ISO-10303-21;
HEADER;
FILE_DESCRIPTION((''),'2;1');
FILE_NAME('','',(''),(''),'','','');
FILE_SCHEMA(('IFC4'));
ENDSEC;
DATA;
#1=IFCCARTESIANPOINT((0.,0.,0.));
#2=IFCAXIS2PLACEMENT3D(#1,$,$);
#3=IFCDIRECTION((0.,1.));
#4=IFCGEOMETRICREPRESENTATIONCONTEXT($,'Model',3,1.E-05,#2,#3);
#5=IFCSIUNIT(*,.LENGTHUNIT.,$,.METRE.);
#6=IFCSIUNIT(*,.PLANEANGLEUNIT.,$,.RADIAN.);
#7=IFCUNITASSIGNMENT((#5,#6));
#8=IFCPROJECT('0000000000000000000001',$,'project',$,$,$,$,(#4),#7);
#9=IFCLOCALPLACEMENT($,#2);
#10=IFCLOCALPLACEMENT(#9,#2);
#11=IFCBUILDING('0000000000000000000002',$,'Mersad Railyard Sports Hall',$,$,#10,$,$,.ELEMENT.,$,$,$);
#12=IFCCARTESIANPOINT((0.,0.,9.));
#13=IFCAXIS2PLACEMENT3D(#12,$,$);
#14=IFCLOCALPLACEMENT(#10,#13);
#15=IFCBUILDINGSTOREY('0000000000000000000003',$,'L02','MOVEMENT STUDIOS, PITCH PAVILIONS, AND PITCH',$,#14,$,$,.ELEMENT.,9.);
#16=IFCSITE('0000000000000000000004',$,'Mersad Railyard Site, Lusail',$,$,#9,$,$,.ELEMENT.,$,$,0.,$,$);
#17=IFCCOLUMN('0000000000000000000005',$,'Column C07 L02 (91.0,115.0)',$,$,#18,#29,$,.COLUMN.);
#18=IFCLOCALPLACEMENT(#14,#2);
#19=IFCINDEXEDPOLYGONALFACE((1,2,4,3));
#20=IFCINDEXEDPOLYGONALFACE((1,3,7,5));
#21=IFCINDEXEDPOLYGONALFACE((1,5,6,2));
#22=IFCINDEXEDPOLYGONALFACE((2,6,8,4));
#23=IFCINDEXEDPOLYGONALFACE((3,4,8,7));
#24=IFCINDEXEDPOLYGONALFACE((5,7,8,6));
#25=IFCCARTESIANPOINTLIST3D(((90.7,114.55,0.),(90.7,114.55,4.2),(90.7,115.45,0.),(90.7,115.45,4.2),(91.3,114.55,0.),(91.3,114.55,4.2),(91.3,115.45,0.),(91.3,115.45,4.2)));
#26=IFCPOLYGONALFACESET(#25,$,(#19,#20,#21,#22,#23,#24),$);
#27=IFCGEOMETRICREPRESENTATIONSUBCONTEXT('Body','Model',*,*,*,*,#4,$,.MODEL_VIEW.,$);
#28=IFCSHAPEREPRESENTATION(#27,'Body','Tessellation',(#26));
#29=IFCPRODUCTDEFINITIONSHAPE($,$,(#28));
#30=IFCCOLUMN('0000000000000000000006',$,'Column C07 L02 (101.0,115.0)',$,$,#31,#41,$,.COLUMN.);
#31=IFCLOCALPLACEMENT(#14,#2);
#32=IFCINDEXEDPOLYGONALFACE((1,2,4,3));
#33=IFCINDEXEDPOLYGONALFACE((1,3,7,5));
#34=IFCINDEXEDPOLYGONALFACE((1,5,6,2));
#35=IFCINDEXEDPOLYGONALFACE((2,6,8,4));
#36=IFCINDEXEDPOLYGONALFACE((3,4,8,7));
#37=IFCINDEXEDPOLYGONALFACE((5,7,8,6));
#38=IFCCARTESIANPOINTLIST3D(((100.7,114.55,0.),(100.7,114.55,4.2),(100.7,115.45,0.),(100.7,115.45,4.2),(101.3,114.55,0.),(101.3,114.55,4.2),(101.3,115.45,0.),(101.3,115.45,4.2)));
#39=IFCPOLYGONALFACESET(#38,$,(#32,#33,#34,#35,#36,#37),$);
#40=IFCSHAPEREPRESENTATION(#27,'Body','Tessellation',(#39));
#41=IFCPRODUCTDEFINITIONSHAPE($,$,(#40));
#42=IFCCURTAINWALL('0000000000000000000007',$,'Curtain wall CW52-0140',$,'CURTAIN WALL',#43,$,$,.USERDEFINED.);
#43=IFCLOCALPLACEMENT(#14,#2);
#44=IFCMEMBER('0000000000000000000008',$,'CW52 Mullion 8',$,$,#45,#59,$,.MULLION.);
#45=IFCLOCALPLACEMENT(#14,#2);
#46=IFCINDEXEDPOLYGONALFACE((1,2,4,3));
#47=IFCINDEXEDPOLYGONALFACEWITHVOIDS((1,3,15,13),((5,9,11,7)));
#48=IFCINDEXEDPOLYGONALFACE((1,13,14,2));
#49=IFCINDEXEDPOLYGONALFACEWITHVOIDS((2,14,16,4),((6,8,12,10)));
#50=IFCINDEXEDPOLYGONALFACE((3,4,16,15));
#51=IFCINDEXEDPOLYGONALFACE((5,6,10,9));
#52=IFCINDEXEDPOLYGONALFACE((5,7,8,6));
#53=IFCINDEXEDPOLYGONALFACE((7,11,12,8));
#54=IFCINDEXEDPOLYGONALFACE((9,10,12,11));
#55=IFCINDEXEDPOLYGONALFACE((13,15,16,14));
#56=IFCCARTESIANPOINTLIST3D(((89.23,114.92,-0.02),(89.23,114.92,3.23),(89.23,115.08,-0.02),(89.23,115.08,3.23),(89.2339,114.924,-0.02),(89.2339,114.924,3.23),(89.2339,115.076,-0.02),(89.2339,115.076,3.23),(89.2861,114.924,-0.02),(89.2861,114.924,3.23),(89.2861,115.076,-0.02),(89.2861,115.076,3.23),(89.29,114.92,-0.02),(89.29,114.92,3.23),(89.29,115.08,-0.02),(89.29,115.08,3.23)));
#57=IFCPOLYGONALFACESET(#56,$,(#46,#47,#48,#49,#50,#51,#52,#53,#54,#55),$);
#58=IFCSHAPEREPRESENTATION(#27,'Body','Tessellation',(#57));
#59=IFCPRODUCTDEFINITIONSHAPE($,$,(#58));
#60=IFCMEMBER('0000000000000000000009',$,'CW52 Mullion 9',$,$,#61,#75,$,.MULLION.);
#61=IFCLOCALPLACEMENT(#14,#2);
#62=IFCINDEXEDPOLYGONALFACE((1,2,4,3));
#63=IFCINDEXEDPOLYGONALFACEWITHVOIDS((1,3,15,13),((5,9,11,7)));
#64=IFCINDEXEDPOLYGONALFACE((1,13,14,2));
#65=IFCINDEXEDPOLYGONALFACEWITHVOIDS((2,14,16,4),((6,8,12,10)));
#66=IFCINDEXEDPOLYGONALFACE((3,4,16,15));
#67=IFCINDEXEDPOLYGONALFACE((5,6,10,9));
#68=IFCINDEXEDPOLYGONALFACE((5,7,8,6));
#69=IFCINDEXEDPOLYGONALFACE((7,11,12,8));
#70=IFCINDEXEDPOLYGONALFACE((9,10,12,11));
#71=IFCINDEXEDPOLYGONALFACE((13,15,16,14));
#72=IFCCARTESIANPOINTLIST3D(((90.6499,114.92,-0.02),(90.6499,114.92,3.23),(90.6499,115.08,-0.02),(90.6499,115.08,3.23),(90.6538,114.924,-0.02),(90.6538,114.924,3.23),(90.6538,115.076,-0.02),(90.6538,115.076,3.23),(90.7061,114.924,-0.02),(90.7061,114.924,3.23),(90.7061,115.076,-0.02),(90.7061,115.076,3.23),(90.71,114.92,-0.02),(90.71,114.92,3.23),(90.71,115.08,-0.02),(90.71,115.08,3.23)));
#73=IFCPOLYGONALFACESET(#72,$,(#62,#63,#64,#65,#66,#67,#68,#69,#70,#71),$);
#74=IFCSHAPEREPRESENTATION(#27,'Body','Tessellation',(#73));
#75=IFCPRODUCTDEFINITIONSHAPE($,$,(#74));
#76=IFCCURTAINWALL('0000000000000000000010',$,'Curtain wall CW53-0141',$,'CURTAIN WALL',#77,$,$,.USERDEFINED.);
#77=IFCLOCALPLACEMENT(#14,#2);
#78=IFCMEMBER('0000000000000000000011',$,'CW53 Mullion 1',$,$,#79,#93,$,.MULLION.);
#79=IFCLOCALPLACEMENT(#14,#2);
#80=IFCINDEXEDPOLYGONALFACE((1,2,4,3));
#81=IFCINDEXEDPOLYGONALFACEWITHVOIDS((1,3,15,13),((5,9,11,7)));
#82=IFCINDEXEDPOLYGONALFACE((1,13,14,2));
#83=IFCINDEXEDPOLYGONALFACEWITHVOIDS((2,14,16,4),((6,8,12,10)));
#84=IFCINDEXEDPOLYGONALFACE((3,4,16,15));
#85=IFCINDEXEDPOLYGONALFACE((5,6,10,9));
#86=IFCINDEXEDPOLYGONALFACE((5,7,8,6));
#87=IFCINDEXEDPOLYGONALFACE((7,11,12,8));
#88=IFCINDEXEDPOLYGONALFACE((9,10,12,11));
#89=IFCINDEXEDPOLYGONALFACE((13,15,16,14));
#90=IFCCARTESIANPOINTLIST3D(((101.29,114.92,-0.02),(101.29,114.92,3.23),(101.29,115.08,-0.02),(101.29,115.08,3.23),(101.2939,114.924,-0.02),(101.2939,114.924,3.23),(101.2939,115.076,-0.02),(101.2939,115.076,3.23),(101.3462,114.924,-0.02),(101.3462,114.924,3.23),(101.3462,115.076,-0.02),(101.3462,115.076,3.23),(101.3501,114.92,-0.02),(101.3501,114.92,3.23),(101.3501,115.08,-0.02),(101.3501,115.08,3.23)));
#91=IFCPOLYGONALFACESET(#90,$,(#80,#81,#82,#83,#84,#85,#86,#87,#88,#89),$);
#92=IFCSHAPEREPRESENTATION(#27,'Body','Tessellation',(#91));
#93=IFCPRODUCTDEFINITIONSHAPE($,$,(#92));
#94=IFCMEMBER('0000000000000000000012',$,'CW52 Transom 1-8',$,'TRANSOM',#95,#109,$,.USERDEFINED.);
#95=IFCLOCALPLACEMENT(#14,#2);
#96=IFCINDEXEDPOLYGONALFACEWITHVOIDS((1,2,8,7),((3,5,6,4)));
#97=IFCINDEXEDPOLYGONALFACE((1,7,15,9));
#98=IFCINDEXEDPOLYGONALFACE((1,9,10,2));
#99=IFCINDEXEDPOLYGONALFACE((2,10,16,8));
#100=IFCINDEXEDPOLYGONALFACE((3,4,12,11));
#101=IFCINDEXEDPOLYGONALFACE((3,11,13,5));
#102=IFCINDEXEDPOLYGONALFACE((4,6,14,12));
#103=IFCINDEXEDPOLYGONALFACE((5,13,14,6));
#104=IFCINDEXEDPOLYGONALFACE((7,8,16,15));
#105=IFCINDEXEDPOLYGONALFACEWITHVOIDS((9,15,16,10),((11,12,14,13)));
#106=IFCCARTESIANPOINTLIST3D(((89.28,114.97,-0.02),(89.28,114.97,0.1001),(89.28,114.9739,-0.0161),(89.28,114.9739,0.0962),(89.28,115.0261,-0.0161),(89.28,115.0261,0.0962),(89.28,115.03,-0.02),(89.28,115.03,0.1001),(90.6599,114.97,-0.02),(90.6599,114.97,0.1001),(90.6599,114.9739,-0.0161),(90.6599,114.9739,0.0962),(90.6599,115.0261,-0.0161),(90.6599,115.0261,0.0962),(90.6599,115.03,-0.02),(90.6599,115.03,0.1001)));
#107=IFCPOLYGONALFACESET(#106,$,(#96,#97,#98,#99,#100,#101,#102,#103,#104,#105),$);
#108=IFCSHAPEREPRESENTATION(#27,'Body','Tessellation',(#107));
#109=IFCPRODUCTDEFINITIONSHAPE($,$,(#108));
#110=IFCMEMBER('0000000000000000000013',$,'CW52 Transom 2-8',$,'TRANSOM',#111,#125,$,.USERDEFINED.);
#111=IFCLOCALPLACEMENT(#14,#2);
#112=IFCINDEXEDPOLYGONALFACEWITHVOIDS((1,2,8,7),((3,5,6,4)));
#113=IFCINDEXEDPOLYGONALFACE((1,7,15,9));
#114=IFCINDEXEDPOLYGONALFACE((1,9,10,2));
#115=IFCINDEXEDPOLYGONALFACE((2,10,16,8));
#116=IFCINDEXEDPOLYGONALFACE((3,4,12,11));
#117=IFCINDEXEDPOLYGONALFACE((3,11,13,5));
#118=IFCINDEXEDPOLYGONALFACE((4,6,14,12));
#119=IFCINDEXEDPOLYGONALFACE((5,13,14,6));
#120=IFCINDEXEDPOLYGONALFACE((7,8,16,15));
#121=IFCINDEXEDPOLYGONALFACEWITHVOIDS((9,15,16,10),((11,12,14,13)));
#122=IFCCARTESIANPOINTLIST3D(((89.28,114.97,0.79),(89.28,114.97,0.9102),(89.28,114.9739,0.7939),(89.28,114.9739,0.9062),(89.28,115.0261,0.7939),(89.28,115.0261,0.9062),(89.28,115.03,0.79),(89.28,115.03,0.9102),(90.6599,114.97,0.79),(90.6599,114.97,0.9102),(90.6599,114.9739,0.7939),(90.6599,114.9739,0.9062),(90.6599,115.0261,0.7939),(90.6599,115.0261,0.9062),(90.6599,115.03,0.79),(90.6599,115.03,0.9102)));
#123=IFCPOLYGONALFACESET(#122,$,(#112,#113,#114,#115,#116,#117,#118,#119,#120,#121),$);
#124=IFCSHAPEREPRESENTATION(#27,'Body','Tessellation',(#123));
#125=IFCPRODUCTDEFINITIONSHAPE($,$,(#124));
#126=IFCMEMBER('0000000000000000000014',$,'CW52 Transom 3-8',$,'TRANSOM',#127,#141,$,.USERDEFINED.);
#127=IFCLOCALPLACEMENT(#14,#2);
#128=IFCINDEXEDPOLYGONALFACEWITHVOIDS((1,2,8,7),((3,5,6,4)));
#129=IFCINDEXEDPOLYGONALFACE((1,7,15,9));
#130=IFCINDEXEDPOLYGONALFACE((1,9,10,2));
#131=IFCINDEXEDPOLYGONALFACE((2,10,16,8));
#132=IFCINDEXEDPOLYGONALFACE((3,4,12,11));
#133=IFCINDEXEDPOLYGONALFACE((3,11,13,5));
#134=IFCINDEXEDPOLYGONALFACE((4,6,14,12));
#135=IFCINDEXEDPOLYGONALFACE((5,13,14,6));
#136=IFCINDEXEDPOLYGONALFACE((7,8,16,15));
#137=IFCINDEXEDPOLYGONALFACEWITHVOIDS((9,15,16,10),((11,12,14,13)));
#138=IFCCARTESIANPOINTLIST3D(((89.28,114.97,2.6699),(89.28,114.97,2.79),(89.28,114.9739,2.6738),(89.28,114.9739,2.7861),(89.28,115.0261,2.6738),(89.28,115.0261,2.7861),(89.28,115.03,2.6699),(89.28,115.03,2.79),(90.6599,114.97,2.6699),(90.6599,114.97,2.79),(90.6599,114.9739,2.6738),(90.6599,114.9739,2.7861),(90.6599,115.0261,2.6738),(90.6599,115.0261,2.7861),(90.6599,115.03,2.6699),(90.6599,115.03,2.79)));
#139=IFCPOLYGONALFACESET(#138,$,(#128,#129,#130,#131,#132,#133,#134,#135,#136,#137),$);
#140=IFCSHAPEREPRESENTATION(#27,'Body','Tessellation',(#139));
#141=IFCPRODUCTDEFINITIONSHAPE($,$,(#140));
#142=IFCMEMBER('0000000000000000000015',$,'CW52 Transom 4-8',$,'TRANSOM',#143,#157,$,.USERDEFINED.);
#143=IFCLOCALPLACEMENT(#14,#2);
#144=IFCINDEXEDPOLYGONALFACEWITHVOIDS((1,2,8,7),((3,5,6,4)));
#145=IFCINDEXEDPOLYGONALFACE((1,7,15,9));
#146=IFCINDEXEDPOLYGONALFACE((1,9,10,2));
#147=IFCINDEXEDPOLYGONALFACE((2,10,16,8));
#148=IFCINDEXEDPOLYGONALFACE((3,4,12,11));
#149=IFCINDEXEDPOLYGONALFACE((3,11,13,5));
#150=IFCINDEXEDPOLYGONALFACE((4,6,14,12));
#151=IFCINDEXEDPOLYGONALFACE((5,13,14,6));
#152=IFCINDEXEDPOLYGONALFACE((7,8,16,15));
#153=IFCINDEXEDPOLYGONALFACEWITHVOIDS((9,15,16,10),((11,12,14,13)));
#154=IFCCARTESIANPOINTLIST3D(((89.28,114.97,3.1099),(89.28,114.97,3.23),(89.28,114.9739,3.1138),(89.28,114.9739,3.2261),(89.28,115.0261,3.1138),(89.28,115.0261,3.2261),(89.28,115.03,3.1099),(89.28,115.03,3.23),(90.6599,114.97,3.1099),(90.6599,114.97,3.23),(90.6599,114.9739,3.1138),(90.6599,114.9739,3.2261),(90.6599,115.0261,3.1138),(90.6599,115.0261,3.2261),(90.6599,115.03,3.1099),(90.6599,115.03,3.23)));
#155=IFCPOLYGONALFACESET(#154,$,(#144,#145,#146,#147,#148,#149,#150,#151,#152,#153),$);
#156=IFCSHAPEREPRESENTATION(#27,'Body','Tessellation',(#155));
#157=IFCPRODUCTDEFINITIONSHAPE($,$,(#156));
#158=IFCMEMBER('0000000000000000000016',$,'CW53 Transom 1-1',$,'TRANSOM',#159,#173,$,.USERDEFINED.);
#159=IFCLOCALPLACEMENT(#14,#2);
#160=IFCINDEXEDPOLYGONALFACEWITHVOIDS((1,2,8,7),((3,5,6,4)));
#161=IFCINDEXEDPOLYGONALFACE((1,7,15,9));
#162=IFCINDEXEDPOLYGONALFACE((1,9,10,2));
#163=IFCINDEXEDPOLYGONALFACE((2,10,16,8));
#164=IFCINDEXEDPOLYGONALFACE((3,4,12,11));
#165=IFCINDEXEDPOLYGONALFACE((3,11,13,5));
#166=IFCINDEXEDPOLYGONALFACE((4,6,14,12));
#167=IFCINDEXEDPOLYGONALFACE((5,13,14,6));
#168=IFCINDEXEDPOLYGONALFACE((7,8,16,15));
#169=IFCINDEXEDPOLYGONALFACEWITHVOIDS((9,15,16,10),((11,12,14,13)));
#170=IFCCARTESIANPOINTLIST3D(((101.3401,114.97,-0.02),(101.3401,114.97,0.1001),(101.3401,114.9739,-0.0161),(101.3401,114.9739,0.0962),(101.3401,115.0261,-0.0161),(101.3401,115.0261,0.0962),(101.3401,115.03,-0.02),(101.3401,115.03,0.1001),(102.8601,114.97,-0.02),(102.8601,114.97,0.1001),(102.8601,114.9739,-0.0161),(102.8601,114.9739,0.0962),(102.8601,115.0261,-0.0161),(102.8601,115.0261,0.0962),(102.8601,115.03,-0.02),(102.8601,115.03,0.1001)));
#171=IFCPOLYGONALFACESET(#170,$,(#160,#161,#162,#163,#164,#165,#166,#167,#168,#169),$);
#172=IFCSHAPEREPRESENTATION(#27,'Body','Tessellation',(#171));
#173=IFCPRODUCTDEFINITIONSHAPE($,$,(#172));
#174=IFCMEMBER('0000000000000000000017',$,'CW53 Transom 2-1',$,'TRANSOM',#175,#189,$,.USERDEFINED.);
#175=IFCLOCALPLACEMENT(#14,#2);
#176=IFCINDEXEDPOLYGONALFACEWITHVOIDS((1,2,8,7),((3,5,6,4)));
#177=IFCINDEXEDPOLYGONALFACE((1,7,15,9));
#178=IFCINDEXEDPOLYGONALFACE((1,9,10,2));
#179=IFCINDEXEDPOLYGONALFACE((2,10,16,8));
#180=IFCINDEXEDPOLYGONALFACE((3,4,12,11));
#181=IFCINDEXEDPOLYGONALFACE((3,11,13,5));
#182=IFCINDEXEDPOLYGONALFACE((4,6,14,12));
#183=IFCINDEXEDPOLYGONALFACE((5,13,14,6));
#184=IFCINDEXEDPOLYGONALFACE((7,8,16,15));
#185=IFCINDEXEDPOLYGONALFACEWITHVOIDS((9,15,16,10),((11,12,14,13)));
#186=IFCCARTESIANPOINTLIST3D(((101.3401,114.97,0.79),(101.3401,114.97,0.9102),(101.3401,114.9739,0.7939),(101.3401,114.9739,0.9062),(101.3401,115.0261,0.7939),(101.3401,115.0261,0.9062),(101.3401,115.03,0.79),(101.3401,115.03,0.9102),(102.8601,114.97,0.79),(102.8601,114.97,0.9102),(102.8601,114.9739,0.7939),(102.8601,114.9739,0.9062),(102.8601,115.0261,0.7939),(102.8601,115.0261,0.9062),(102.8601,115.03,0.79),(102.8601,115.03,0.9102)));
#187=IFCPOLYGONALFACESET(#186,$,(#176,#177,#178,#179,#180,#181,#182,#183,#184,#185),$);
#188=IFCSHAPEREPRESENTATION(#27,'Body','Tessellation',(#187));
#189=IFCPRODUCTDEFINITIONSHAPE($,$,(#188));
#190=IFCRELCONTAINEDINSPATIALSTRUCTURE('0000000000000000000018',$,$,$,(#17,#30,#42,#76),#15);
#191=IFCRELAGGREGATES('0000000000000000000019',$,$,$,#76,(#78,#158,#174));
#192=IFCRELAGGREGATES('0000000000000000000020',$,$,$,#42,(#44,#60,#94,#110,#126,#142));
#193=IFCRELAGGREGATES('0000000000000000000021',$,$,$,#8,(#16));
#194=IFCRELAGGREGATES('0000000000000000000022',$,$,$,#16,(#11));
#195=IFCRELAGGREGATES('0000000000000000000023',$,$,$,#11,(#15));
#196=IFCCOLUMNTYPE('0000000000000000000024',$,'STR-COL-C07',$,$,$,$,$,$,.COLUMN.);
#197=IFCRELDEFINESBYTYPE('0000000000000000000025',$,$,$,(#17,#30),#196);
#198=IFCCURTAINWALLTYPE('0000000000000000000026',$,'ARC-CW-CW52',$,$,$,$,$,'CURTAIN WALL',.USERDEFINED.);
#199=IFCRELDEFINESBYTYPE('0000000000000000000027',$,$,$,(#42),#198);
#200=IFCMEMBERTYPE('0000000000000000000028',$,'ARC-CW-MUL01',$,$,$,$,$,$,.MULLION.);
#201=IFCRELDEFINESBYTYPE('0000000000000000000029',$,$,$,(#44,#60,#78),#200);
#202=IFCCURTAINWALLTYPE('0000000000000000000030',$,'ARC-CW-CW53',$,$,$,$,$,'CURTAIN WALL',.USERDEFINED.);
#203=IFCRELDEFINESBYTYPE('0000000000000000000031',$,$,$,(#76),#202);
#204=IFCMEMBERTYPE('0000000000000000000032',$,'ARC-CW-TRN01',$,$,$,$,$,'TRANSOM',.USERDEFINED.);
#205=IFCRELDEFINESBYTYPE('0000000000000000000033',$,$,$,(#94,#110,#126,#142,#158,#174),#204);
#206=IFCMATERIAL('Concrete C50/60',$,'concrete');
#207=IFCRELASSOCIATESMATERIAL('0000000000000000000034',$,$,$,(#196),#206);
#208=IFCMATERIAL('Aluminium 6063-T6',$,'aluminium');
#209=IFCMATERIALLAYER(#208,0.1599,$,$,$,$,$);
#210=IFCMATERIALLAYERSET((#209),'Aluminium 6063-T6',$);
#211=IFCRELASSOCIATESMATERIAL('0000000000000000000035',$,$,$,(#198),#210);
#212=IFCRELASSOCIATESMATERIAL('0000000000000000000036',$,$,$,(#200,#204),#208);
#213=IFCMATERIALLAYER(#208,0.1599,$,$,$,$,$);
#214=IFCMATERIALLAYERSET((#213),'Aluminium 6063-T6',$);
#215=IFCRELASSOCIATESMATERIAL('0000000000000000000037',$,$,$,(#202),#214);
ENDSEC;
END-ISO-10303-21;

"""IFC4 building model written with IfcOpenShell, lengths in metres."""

from ifc_helpers import new_model, si_unit, direction, frame, origin, origin_2d, place, context, subcontext, project, spatial, rectangle, hollow_rectangle, extrude, material, layer, layer_set, material_profile, profile_set, type_object, element, aggregate, save


model = new_model("IFC4")

# Units and contexts
model_context = context("Model", 3, precision=1e-05, world=origin(), true_north=direction((0.0, 1.0)))
body_context = subcontext(model_context, "Body", "Model", "MODEL_VIEW")
ifc_project = project(units=[si_unit("LENGTHUNIT", "METRE"), si_unit("PLANEANGLEUNIT", "RADIAN")], contexts=[model_context])

# Site, building, storey
site_placement = place(None, origin())
site = spatial("IfcSite", under=ifc_project, at=site_placement, Name="Mersad Railyard Site, Lusail", CompositionType="ELEMENT", RefElevation=0.0)
building_placement = place(site_placement, origin())
building = spatial("IfcBuilding", under=site, at=building_placement, Name="Mersad Railyard Sports Hall", CompositionType="ELEMENT")
storey_placement = place(building_placement, frame((0.0, 0.0, 9.0)))
storey = spatial("IfcBuildingStorey", under=building, at=storey_placement, Name="L02", Description="MOVEMENT STUDIOS, PITCH PAVILIONS, AND PITCH", CompositionType="ELEMENT", Elevation=9.0)

# Columns
ifc_material_1 = material(Name="Concrete C50/60", Category="concrete")
ifc_material_profile_1 = material_profile(ifc_material_1, rectangle(XDim=0.6001, YDim=0.8999, at=origin_2d()), Name="RC 600x900")
ifc_profile_set_1 = profile_set([ifc_material_profile_1], Name="Concrete C50/60")
column_type = type_object("IfcColumnType", Name="STR-COL-C07", PredefinedType="COLUMN", material=ifc_profile_set_1)
for number, where, z_axis, x_axis, name in (
    (1, (91.0, 115.0, 0.0), (0.0, 0.0, 1.0), (1.0, 0.0, 0.0), "Column C07 L02 (91.0,115.0)"),
    (2, (101.0, 115.0, 0.0), (0.0, 0.0, 1.0), (1.0, 0.0, 0.0), "Column C07 L02 (101.0,115.0)"),
):
    element("IfcColumn", number, at=place(storey_placement, frame(where, z_axis=z_axis, x_axis=x_axis)), inside=storey, type_object=column_type, Name=name, PredefinedType="COLUMN", context=body_context, shape_type="SweptSolid", body=[
        extrude(rectangle(XDim=0.6001, YDim=0.8999, at=origin_2d()), origin(), (0.0, 0.0, 1.0), 4.2),
    ])

# Curtain wall, members
ifc_material_2 = material(Name="Aluminium 6063-T6", Category="aluminium")
ifc_layer_1 = layer(ifc_material_2, 0.1599)
ifc_layer_set_1 = layer_set([ifc_layer_1], Name="Aluminium 6063-T6")
curtain_wall_type_1 = type_object("IfcCurtainWallType", Name="ARC-CW-CW52", ElementType="CURTAIN WALL", PredefinedType="USERDEFINED", material=ifc_layer_set_1)
curtain_wall_1_placement = place(storey_placement, origin())
curtain_wall_1 = element("IfcCurtainWall", 3, at=curtain_wall_1_placement, inside=storey, type_object=curtain_wall_type_1, Name="Curtain wall CW52-0140", ObjectType="CURTAIN WALL", PredefinedType="USERDEFINED")
ifc_material_profile_2 = material_profile(ifc_material_2, hollow_rectangle(XDim=0.0601, YDim=0.1599, WallThickness=0.0039, at=origin_2d()), Name="AL MULLION 60x160x4")
ifc_profile_set_2 = profile_set([ifc_material_profile_2], Name="Aluminium 6063-T6")
member_type_1 = type_object("IfcMemberType", Name="ARC-CW-MUL01", PredefinedType="MULLION", material=ifc_profile_set_2)
member_1_placement = place(storey_placement, frame((89.26, 115.0, -0.02), z_axis=(0.0, 0.0, 1.0), x_axis=(1.0, 0.0, 0.0)))
member_1 = element("IfcMember", 4, at=member_1_placement, type_object=member_type_1, Name="CW52 Mullion 8", PredefinedType="MULLION", context=body_context, shape_type="SweptSolid", body=[
    extrude(hollow_rectangle(XDim=0.0601, YDim=0.1599, WallThickness=0.0039, at=origin_2d()), origin(), (0.0, 0.0, 1.0), 3.25),
])
member_2_placement = place(storey_placement, frame((90.6799, 115.0, -0.02), z_axis=(0.0, 0.0, 1.0), x_axis=(1.0, 0.0, 0.0)))
member_2 = element("IfcMember", 5, at=member_2_placement, type_object=member_type_1, Name="CW52 Mullion 9", PredefinedType="MULLION", context=body_context, shape_type="SweptSolid", body=[
    extrude(hollow_rectangle(XDim=0.0601, YDim=0.1599, WallThickness=0.0039, at=origin_2d()), origin(), (0.0, 0.0, 1.0), 3.25),
])

# Curtain wall, member
ifc_layer_2 = layer(ifc_material_2, 0.1599)
ifc_layer_set_2 = layer_set([ifc_layer_2], Name="Aluminium 6063-T6")
curtain_wall_type_2 = type_object("IfcCurtainWallType", Name="ARC-CW-CW53", ElementType="CURTAIN WALL", PredefinedType="USERDEFINED", material=ifc_layer_set_2)
curtain_wall_2_placement = place(storey_placement, origin())
curtain_wall_2 = element("IfcCurtainWall", 6, at=curtain_wall_2_placement, inside=storey, type_object=curtain_wall_type_2, Name="Curtain wall CW53-0141", ObjectType="CURTAIN WALL", PredefinedType="USERDEFINED")
member_3_placement = place(storey_placement, frame((101.3201, 115.0, -0.02), z_axis=(0.0, 0.0, 1.0), x_axis=(1.0, 0.0, 0.0)))
member_3 = element("IfcMember", 7, at=member_3_placement, type_object=member_type_1, Name="CW53 Mullion 1", PredefinedType="MULLION", context=body_context, shape_type="SweptSolid", body=[
    extrude(hollow_rectangle(XDim=0.0601, YDim=0.1599, WallThickness=0.0039, at=origin_2d()), origin(), (0.0, 0.0, 1.0), 3.25),
])

# Members
ifc_material_profile_3 = material_profile(ifc_material_2, hollow_rectangle(XDim=0.0601, YDim=0.1201, WallThickness=0.0039, at=origin_2d()), Name="AL TRANSOM 60x120x4")
ifc_profile_set_3 = profile_set([ifc_material_profile_3], Name="Aluminium 6063-T6")
member_type_2 = type_object("IfcMemberType", Name="ARC-CW-TRN01", ElementType="TRANSOM", PredefinedType="USERDEFINED", material=ifc_profile_set_3)
member_4_placement = place(storey_placement, frame((89.28, 115.0, 0.04), z_axis=(1.0, 0.0, 0.0), x_axis=(0.0, 1.0, 0.0)))
member_4 = element("IfcMember", 8, at=member_4_placement, type_object=member_type_2, Name="CW52 Transom 1-8", ObjectType="TRANSOM", PredefinedType="USERDEFINED", context=body_context, shape_type="SweptSolid", body=[
    extrude(hollow_rectangle(XDim=0.0601, YDim=0.1201, WallThickness=0.0039, at=origin_2d()), origin(), (0.0, 0.0, 1.0), 1.3799),
])
member_5_placement = place(storey_placement, frame((89.28, 115.0, 0.8501), z_axis=(1.0, 0.0, 0.0), x_axis=(0.0, 1.0, 0.0)))
member_5 = element("IfcMember", 9, at=member_5_placement, type_object=member_type_2, Name="CW52 Transom 2-8", ObjectType="TRANSOM", PredefinedType="USERDEFINED", context=body_context, shape_type="SweptSolid", body=[
    extrude(hollow_rectangle(XDim=0.0601, YDim=0.1201, WallThickness=0.0039, at=origin_2d()), origin(), (0.0, 0.0, 1.0), 1.3799),
])
member_6_placement = place(storey_placement, frame((89.28, 115.0, 2.73), z_axis=(1.0, 0.0, 0.0), x_axis=(0.0, 1.0, 0.0)))
member_6 = element("IfcMember", 10, at=member_6_placement, type_object=member_type_2, Name="CW52 Transom 3-8", ObjectType="TRANSOM", PredefinedType="USERDEFINED", context=body_context, shape_type="SweptSolid", body=[
    extrude(hollow_rectangle(XDim=0.0601, YDim=0.1201, WallThickness=0.0039, at=origin_2d()), origin(), (0.0, 0.0, 1.0), 1.3799),
])
member_7_placement = place(storey_placement, frame((89.28, 115.0, 3.1699), z_axis=(1.0, 0.0, 0.0), x_axis=(0.0, 1.0, 0.0)))
member_7 = element("IfcMember", 11, at=member_7_placement, type_object=member_type_2, Name="CW52 Transom 4-8", ObjectType="TRANSOM", PredefinedType="USERDEFINED", context=body_context, shape_type="SweptSolid", body=[
    extrude(hollow_rectangle(XDim=0.0601, YDim=0.1201, WallThickness=0.0039, at=origin_2d()), origin(), (0.0, 0.0, 1.0), 1.3799),
])
member_8_placement = place(storey_placement, frame((101.3401, 115.0, 0.04), z_axis=(1.0, 0.0, 0.0), x_axis=(0.0, 1.0, 0.0)))
member_8 = element("IfcMember", 12, at=member_8_placement, type_object=member_type_2, Name="CW53 Transom 1-1", ObjectType="TRANSOM", PredefinedType="USERDEFINED", context=body_context, shape_type="SweptSolid", body=[
    extrude(hollow_rectangle(XDim=0.0601, YDim=0.1201, WallThickness=0.0039, at=origin_2d()), origin(), (0.0, 0.0, 1.0), 1.52),
])
member_9_placement = place(storey_placement, frame((101.3401, 115.0, 0.8501), z_axis=(1.0, 0.0, 0.0), x_axis=(0.0, 1.0, 0.0)))
member_9 = element("IfcMember", 13, at=member_9_placement, type_object=member_type_2, Name="CW53 Transom 2-1", ObjectType="TRANSOM", PredefinedType="USERDEFINED", context=body_context, shape_type="SweptSolid", body=[
    extrude(hollow_rectangle(XDim=0.0601, YDim=0.1201, WallThickness=0.0039, at=origin_2d()), origin(), (0.0, 0.0, 1.0), 1.52),
])
aggregate(curtain_wall_2, [member_3, member_8, member_9])

aggregate(curtain_wall_1, [member_1, member_2, member_4, member_5, member_6, member_7])

save(model, "model.ifc")
